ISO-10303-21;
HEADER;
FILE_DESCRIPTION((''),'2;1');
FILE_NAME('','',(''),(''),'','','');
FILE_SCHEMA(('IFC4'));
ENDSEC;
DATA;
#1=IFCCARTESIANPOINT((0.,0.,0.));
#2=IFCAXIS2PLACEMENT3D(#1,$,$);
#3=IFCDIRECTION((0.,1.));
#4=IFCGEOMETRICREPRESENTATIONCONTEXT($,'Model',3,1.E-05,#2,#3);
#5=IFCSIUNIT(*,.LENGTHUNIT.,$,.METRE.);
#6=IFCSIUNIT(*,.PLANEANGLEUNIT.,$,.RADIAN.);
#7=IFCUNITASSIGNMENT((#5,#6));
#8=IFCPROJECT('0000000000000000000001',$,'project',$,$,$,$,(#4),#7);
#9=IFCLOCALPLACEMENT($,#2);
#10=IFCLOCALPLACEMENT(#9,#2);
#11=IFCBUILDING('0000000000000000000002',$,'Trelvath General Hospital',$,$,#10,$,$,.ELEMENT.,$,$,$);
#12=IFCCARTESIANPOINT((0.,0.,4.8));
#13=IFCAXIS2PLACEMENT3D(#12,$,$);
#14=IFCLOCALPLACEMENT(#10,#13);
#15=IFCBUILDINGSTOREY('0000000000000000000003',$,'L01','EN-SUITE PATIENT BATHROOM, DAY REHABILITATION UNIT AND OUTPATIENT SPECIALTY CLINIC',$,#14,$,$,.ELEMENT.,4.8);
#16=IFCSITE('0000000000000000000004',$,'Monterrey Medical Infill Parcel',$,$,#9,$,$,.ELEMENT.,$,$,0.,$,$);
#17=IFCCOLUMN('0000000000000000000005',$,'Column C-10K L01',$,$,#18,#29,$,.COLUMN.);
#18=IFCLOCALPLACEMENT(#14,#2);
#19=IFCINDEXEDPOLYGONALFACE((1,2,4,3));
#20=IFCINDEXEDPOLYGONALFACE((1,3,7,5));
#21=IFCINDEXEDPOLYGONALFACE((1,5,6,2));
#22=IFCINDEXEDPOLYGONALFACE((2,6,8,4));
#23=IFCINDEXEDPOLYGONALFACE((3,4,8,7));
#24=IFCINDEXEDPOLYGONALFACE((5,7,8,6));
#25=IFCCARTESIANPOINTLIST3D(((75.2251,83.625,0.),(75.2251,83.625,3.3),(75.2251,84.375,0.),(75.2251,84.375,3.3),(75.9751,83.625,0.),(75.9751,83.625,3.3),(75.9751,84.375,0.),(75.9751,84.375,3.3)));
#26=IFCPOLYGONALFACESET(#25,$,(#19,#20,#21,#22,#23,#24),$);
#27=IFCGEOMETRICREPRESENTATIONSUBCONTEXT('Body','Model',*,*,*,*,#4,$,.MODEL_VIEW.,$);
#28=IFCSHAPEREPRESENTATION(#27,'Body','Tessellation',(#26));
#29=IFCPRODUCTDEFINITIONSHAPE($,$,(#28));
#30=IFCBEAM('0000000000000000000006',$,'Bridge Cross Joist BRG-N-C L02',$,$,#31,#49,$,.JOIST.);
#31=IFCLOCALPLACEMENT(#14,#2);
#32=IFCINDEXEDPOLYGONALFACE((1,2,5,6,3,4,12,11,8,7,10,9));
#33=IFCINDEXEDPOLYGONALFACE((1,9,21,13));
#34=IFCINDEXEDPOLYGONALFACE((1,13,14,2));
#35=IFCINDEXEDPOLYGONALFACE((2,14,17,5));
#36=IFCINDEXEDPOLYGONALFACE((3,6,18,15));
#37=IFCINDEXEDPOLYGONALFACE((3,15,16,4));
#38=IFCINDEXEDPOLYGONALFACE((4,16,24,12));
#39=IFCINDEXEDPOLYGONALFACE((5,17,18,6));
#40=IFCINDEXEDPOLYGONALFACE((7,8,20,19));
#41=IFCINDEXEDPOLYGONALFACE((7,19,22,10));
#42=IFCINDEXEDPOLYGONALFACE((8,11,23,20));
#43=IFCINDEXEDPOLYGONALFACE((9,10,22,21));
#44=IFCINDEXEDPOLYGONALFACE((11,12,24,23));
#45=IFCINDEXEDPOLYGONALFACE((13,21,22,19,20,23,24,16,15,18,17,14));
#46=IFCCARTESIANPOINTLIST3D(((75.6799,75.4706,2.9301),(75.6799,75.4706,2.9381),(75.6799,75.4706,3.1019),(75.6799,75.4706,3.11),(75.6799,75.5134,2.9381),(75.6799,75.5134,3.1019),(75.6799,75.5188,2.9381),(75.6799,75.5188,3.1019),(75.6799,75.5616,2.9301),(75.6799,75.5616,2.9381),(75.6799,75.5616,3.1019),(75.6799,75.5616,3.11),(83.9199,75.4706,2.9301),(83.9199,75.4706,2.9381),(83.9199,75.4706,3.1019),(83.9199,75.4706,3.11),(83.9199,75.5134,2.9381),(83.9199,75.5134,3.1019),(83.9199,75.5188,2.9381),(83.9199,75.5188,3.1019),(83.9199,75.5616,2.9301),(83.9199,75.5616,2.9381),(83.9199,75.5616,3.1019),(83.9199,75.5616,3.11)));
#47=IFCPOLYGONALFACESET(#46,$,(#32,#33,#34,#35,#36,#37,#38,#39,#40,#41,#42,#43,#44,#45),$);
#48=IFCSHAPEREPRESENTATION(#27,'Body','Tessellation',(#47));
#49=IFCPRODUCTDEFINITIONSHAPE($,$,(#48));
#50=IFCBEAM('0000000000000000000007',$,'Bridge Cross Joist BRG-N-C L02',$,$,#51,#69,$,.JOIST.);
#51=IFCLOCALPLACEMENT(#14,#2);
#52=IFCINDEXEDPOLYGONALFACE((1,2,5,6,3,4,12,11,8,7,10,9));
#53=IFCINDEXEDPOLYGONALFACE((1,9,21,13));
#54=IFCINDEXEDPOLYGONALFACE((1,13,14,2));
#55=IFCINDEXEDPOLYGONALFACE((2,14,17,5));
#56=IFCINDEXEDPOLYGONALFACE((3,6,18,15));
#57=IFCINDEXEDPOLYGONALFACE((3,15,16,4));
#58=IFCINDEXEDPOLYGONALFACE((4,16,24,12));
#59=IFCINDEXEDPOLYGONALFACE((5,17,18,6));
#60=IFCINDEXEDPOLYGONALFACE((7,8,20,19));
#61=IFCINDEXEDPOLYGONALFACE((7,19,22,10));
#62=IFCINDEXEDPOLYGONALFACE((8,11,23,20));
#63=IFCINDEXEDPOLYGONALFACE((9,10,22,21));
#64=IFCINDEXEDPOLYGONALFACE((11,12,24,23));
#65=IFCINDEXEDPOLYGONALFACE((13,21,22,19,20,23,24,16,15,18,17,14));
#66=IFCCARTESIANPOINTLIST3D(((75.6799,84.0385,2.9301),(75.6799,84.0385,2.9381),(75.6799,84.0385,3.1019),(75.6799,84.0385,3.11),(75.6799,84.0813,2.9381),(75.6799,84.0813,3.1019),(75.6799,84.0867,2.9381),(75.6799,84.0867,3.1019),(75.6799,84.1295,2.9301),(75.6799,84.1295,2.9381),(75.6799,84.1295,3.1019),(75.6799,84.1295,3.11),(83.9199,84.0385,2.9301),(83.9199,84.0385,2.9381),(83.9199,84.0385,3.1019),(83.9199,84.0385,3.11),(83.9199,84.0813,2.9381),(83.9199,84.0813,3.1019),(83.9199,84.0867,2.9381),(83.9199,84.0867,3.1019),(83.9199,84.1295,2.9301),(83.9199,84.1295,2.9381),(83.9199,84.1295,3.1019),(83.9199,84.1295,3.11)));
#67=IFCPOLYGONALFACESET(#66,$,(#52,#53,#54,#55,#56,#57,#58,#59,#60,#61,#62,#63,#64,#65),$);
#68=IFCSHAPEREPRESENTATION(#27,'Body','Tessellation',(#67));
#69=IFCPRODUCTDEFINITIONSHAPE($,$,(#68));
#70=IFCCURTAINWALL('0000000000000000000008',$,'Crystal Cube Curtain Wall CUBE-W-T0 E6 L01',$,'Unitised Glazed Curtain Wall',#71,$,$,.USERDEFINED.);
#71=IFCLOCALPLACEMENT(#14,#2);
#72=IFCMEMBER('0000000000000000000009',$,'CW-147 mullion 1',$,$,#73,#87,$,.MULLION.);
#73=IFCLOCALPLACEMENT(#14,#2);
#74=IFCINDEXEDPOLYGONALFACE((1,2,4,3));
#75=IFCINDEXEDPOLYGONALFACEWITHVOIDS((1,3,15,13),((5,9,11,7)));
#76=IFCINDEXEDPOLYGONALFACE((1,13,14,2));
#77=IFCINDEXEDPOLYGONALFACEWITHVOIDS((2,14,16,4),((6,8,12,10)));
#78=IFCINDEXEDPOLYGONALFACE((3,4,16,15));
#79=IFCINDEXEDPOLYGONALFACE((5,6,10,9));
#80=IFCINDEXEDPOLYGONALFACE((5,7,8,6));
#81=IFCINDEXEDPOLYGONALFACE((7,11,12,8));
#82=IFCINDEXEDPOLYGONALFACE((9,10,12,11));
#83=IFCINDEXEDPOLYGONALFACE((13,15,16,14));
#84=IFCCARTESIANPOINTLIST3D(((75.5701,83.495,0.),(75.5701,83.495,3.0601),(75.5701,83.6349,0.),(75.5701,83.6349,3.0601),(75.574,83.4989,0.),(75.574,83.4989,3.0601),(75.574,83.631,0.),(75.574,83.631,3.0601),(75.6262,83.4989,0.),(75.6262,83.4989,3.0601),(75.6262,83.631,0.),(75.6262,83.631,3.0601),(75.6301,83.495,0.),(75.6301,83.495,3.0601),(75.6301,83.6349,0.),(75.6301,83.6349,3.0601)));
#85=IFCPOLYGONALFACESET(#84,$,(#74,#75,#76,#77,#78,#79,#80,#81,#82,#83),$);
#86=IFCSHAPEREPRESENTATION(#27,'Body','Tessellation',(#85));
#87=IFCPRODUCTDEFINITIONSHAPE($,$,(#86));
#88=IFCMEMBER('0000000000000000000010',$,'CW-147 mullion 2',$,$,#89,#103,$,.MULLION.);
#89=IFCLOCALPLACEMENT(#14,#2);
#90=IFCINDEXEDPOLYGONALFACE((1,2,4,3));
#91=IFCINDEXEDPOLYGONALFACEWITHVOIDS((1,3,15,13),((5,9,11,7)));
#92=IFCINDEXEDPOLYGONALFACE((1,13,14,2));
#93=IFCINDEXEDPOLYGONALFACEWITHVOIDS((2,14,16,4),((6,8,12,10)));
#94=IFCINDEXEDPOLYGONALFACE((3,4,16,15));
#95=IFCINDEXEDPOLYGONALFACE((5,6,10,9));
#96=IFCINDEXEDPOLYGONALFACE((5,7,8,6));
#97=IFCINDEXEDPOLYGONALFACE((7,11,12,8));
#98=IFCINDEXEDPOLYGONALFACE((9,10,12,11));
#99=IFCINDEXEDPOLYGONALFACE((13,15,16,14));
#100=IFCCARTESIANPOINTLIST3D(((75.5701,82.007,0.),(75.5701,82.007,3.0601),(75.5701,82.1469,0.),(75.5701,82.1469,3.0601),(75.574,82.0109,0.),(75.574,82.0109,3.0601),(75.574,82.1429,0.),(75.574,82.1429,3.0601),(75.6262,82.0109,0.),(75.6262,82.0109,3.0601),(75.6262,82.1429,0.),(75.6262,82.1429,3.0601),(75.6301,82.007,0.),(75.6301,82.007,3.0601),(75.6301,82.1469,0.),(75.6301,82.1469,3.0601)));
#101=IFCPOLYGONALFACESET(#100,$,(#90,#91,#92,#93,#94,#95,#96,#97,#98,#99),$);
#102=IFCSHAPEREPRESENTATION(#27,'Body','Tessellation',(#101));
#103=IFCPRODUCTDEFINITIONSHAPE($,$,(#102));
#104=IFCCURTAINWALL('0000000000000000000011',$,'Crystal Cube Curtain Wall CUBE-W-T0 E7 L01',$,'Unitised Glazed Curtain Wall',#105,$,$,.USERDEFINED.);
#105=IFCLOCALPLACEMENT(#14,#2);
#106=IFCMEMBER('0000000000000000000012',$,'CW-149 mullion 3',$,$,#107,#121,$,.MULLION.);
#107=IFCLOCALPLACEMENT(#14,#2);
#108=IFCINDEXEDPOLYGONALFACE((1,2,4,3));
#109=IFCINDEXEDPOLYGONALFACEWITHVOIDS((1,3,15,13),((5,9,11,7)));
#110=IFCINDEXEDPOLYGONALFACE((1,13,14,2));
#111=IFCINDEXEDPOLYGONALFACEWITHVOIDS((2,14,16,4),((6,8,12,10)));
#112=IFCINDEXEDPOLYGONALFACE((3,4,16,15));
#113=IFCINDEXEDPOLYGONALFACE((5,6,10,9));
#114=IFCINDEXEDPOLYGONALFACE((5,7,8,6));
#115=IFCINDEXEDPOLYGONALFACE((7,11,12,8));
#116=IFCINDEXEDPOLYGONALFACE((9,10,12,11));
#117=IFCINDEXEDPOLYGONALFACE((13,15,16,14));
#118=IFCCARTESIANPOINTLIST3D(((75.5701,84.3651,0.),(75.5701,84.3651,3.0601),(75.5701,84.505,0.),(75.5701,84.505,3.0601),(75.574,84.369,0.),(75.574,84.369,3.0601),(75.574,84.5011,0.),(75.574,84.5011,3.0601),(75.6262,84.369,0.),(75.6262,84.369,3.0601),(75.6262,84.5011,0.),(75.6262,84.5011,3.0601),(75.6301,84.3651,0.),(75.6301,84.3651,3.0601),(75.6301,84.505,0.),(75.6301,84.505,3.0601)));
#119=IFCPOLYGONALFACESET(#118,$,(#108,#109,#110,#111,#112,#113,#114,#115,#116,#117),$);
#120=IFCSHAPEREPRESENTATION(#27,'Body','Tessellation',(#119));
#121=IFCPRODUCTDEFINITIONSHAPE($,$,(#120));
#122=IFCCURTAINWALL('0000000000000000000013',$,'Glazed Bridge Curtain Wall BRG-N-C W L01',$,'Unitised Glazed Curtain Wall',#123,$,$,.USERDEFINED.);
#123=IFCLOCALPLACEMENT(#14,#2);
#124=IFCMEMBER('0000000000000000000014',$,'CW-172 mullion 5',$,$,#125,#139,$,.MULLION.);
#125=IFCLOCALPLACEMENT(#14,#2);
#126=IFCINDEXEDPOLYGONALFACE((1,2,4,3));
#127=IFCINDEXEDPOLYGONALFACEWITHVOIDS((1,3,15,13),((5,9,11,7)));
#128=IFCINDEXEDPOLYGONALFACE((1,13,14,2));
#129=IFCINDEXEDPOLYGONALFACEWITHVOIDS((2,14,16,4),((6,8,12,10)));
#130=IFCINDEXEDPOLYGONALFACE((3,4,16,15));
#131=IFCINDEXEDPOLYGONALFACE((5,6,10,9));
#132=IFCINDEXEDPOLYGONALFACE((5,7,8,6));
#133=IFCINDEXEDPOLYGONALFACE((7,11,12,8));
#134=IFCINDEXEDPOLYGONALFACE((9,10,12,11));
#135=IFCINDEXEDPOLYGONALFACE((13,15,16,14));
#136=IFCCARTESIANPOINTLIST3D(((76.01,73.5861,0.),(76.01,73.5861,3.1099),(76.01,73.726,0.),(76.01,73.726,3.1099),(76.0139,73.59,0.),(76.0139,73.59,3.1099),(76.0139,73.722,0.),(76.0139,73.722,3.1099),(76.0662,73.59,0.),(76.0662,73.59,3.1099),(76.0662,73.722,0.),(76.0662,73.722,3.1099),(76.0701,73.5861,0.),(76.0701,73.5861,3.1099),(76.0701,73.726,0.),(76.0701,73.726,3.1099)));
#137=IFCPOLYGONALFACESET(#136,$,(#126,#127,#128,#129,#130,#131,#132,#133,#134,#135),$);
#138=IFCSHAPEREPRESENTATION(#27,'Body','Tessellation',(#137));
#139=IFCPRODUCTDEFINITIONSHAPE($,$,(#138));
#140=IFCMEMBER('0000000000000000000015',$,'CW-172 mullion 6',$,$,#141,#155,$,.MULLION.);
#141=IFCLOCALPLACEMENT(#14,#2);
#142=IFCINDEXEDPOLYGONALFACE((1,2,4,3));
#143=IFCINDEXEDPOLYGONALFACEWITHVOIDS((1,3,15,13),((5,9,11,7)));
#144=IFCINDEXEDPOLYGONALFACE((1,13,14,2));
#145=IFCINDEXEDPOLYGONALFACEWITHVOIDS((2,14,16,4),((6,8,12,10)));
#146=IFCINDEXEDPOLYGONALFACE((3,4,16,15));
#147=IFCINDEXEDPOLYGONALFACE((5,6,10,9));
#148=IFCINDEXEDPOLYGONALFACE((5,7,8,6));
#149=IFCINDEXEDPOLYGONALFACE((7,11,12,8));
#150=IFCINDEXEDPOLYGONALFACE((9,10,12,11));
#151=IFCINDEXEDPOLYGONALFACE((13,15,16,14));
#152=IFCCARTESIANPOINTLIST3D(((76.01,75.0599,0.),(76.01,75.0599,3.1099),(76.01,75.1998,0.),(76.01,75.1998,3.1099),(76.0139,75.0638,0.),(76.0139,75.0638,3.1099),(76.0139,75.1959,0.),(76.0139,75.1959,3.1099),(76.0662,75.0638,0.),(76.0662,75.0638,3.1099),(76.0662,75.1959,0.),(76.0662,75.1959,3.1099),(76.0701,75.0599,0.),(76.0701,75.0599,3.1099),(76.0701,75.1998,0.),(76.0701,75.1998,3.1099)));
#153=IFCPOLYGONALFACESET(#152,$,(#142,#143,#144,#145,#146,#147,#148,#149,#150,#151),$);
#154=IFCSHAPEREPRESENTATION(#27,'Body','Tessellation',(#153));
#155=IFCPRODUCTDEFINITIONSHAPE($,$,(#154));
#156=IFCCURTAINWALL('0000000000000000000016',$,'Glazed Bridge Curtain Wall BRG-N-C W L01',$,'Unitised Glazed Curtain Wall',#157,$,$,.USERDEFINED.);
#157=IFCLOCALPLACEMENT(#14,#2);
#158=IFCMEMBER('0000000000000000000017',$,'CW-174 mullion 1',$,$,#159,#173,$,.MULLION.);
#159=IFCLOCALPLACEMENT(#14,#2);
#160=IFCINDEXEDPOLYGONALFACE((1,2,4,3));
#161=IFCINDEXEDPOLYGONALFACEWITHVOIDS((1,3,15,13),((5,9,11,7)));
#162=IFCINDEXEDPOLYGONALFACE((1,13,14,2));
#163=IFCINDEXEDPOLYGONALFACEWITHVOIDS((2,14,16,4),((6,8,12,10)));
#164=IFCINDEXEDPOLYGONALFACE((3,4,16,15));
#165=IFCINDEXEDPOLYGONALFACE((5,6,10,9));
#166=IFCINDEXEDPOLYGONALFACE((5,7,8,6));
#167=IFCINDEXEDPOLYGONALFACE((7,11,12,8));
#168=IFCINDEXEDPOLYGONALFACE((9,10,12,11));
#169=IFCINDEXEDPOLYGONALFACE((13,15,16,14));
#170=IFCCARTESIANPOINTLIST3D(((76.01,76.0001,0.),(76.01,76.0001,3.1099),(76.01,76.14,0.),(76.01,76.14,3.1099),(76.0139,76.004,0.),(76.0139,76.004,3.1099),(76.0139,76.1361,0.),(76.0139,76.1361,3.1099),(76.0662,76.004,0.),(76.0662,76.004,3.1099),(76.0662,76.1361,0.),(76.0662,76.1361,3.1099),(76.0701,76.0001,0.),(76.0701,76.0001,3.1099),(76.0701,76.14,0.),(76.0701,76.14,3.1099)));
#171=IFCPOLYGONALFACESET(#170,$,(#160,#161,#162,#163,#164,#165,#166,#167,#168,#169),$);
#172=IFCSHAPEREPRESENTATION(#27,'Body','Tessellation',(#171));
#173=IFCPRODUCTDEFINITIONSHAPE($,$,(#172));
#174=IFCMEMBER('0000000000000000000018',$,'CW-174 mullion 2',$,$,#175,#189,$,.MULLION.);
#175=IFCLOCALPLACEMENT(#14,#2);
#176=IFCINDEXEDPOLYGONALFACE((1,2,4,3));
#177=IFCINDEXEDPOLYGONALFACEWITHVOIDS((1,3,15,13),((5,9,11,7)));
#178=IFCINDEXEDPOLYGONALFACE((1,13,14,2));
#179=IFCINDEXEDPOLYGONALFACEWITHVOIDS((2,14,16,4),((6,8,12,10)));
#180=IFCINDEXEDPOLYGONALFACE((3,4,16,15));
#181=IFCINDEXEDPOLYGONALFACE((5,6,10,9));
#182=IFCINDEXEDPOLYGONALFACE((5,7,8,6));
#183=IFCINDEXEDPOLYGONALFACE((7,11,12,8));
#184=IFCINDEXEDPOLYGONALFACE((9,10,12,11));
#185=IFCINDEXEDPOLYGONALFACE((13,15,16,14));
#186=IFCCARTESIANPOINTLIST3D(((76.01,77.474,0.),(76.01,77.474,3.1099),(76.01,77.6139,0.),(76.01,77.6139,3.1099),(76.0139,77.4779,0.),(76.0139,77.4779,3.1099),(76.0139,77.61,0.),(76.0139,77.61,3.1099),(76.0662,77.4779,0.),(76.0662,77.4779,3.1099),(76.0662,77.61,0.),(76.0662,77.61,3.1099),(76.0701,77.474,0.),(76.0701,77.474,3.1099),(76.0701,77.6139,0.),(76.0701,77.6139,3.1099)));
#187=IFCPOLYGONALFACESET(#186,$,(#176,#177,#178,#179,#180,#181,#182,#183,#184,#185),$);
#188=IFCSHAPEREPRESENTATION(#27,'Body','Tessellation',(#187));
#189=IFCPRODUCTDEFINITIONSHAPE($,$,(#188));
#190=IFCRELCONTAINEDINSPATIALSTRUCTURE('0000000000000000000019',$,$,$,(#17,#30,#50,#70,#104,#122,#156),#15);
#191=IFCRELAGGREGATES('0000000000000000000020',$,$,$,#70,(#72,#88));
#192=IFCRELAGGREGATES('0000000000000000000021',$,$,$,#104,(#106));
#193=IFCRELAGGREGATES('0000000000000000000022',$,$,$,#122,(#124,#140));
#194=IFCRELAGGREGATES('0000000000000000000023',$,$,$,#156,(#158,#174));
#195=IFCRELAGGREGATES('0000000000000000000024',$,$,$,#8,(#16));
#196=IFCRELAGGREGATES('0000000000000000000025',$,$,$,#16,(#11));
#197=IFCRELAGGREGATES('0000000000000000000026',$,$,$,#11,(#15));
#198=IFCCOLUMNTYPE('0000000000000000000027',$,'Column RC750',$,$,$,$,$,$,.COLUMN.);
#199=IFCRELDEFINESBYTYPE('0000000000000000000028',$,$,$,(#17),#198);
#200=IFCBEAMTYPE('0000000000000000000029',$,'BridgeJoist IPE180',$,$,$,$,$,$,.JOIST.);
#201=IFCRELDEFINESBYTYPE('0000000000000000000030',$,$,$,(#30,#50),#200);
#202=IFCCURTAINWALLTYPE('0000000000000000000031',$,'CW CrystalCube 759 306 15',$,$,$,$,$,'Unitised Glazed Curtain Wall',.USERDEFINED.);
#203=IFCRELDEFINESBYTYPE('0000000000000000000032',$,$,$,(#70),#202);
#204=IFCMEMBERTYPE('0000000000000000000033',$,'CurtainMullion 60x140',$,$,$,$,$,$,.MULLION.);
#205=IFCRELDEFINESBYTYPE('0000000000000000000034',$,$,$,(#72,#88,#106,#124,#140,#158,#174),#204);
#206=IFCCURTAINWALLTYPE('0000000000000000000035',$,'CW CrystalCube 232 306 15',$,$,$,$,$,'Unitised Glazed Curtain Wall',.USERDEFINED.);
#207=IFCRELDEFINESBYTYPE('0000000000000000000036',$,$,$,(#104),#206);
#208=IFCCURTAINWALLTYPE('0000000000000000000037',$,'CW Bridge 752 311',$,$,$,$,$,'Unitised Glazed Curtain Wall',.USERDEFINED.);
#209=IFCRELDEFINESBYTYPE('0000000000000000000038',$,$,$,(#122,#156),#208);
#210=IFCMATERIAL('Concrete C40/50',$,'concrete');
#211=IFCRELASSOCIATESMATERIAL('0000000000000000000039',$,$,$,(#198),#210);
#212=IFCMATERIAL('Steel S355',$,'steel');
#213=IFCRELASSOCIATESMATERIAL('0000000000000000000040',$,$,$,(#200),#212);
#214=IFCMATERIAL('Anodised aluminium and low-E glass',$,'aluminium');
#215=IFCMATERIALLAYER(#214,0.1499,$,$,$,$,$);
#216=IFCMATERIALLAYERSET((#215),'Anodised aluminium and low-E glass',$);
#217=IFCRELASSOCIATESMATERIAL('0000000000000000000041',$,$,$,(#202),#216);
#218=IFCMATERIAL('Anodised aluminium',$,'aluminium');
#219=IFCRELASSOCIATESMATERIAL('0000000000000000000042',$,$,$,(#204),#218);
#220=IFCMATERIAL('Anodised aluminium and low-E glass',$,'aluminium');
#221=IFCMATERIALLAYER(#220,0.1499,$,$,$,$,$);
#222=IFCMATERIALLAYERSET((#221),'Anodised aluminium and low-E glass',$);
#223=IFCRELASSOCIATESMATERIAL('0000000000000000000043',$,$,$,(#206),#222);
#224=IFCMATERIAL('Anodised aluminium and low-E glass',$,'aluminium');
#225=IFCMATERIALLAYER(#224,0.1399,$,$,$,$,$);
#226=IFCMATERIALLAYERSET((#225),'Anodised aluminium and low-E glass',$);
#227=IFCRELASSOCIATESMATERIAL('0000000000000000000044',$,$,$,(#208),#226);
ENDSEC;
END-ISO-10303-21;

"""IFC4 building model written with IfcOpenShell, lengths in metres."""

from ifc_helpers import new_model, si_unit, direction, frame, origin, origin_2d, place, context, subcontext, project, spatial, rectangle, hollow_rectangle, i_section, extrude, material, layer, layer_set, material_profile, profile_set, type_object, element, aggregate, save


model = new_model("IFC4")

# Units and contexts
model_context = context("Model", 3, precision=1e-05, world=origin(), true_north=direction((0.0, 1.0)))
body_context = subcontext(model_context, "Body", "Model", "MODEL_VIEW")
ifc_project = project(units=[si_unit("LENGTHUNIT", "METRE"), si_unit("PLANEANGLEUNIT", "RADIAN")], contexts=[model_context])

# Site, building, storey
site_placement = place(None, origin())
site = spatial("IfcSite", under=ifc_project, at=site_placement, Name="Monterrey Medical Infill Parcel", CompositionType="ELEMENT", RefElevation=0.0)
building_placement = place(site_placement, origin())
building = spatial("IfcBuilding", under=site, at=building_placement, Name="Trelvath General Hospital", CompositionType="ELEMENT")
storey_placement = place(building_placement, frame((0.0, 0.0, 4.8)))
storey = spatial("IfcBuildingStorey", under=building, at=storey_placement, Name="L01", Description="EN-SUITE PATIENT BATHROOM, DAY REHABILITATION UNIT AND OUTPATIENT SPECIALTY CLINIC", CompositionType="ELEMENT", Elevation=4.8)

# Column
ifc_material_1 = material(Name="Concrete C40/50", Category="concrete")
ifc_material_profile_1 = material_profile(ifc_material_1, rectangle(XDim=0.75, YDim=0.75, at=origin_2d()), Name="RC750x750")
ifc_profile_set_1 = profile_set([ifc_material_profile_1], Name="Concrete C40/50")
column_type = type_object("IfcColumnType", Name="Column RC750", PredefinedType="COLUMN", material=ifc_profile_set_1)
column_placement = place(storey_placement, frame((75.6001, 84.0, 0.0), z_axis=(0.0, 0.0, 1.0), x_axis=(1.0, 0.0, 0.0)))
element("IfcColumn", 1, at=column_placement, inside=storey, type_object=column_type, Name="Column C-10K L01", PredefinedType="COLUMN", context=body_context, shape_type="SweptSolid", body=[
    extrude(rectangle(XDim=0.75, YDim=0.75, at=origin_2d()), origin(), (0.0, 0.0, 1.0), 3.3),
])

# Beams
ifc_material_2 = material(Name="Steel S355", Category="steel")
ifc_material_profile_2 = material_profile(ifc_material_2, i_section(OverallWidth=0.0911, OverallDepth=0.1799, WebThickness=0.0054, FlangeThickness=0.0081, at=origin_2d()), Name="IPE180")
ifc_profile_set_2 = profile_set([ifc_material_profile_2], Name="Steel S355")
beam_type = type_object("IfcBeamType", Name="BridgeJoist IPE180", PredefinedType="JOIST", material=ifc_profile_set_2)
for number, where, z_axis, x_axis, name in (
    (2, (75.6799, 75.5161, 3.02), (1.0, 0.0, 0.0), (0.0, 1.0, 0.0), "Bridge Cross Joist BRG-N-C L02"),
    (3, (75.6799, 84.084, 3.02), (1.0, 0.0, 0.0), (0.0, 1.0, 0.0), "Bridge Cross Joist BRG-N-C L02"),
):
    element("IfcBeam", number, at=place(storey_placement, frame(where, z_axis=z_axis, x_axis=x_axis)), inside=storey, type_object=beam_type, Name=name, PredefinedType="JOIST", context=body_context, shape_type="SweptSolid", body=[
        extrude(i_section(OverallWidth=0.0911, OverallDepth=0.1799, WebThickness=0.0054, FlangeThickness=0.0081, at=origin_2d()), origin(), (0.0, 0.0, 1.0), 8.24),
    ])

# Curtain wall, members
ifc_material_3 = material(Name="Anodised aluminium and low-E glass", Category="aluminium")
ifc_layer_1 = layer(ifc_material_3, 0.1499)
ifc_layer_set_1 = layer_set([ifc_layer_1], Name="Anodised aluminium and low-E glass")
curtain_wall_type_1 = type_object("IfcCurtainWallType", Name="CW CrystalCube 759 306 15", ElementType="Unitised Glazed Curtain Wall", PredefinedType="USERDEFINED", material=ifc_layer_set_1)
curtain_wall_1_placement = place(storey_placement, origin())
curtain_wall_1 = element("IfcCurtainWall", 4, at=curtain_wall_1_placement, inside=storey, type_object=curtain_wall_type_1, Name="Crystal Cube Curtain Wall CUBE-W-T0 E6 L01", ObjectType="Unitised Glazed Curtain Wall", PredefinedType="USERDEFINED")
ifc_material_4 = material(Name="Anodised aluminium", Category="aluminium")
ifc_material_profile_3 = material_profile(ifc_material_4, hollow_rectangle(XDim=0.0601, YDim=0.1399, WallThickness=0.0039, at=origin_2d()), Name="RHS60x140x4")
ifc_profile_set_3 = profile_set([ifc_material_profile_3], Name="Anodised aluminium")
member_type_1 = type_object("IfcMemberType", Name="CurtainMullion 60x140", PredefinedType="MULLION", material=ifc_profile_set_3)
member_1_placement = place(storey_placement, frame((75.6001, 83.5649, 0.0), z_axis=(0.0, 0.0, 1.0), x_axis=(1.0, 0.0, 0.0)))
member_1 = element("IfcMember", 5, at=member_1_placement, type_object=member_type_1, Name="CW-147 mullion 1", PredefinedType="MULLION", context=body_context, shape_type="SweptSolid", body=[
    extrude(hollow_rectangle(XDim=0.0601, YDim=0.1399, WallThickness=0.0039, at=origin_2d()), origin(), (0.0, 0.0, 1.0), 3.0601),
])
member_2_placement = place(storey_placement, frame((75.6001, 82.0769, 0.0), z_axis=(0.0, 0.0, 1.0), x_axis=(1.0, 0.0, 0.0)))
member_2 = element("IfcMember", 6, at=member_2_placement, type_object=member_type_1, Name="CW-147 mullion 2", PredefinedType="MULLION", context=body_context, shape_type="SweptSolid", body=[
    extrude(hollow_rectangle(XDim=0.0601, YDim=0.1399, WallThickness=0.0039, at=origin_2d()), origin(), (0.0, 0.0, 1.0), 3.0601),
])

# Curtain wall, member
ifc_material_5 = material(Name="Anodised aluminium and low-E glass", Category="aluminium")
ifc_layer_2 = layer(ifc_material_5, 0.1499)
ifc_layer_set_2 = layer_set([ifc_layer_2], Name="Anodised aluminium and low-E glass")
curtain_wall_type_2 = type_object("IfcCurtainWallType", Name="CW CrystalCube 232 306 15", ElementType="Unitised Glazed Curtain Wall", PredefinedType="USERDEFINED", material=ifc_layer_set_2)
curtain_wall_2_placement = place(storey_placement, origin())
curtain_wall_2 = element("IfcCurtainWall", 7, at=curtain_wall_2_placement, inside=storey, type_object=curtain_wall_type_2, Name="Crystal Cube Curtain Wall CUBE-W-T0 E7 L01", ObjectType="Unitised Glazed Curtain Wall", PredefinedType="USERDEFINED")
member_3_placement = place(storey_placement, frame((75.6001, 84.4351, 0.0), z_axis=(0.0, 0.0, 1.0), x_axis=(1.0, 0.0, 0.0)))
member_3 = element("IfcMember", 8, at=member_3_placement, type_object=member_type_1, Name="CW-149 mullion 3", PredefinedType="MULLION", context=body_context, shape_type="SweptSolid", body=[
    extrude(hollow_rectangle(XDim=0.0601, YDim=0.1399, WallThickness=0.0039, at=origin_2d()), origin(), (0.0, 0.0, 1.0), 3.0601),
])

# Curtain walls, members
ifc_material_6 = material(Name="Anodised aluminium and low-E glass", Category="aluminium")
ifc_layer_3 = layer(ifc_material_6, 0.1399)
ifc_layer_set_3 = layer_set([ifc_layer_3], Name="Anodised aluminium and low-E glass")
curtain_wall_type_3 = type_object("IfcCurtainWallType", Name="CW Bridge 752 311", ElementType="Unitised Glazed Curtain Wall", PredefinedType="USERDEFINED", material=ifc_layer_set_3)
curtain_wall_3_placement = place(storey_placement, origin())
curtain_wall_3 = element("IfcCurtainWall", 9, at=curtain_wall_3_placement, inside=storey, type_object=curtain_wall_type_3, Name="Glazed Bridge Curtain Wall BRG-N-C W L01", ObjectType="Unitised Glazed Curtain Wall", PredefinedType="USERDEFINED")
member_4_placement = place(storey_placement, frame((76.04, 73.656, 0.0), z_axis=(0.0, 0.0, 1.0), x_axis=(-1.0, 0.0, 0.0)))
member_4 = element("IfcMember", 10, at=member_4_placement, type_object=member_type_1, Name="CW-172 mullion 5", PredefinedType="MULLION", context=body_context, shape_type="SweptSolid", body=[
    extrude(hollow_rectangle(XDim=0.0601, YDim=0.1399, WallThickness=0.0039, at=origin_2d()), origin(), (0.0, 0.0, 1.0), 3.1099),
])
member_5_placement = place(storey_placement, frame((76.04, 75.1299, 0.0), z_axis=(0.0, 0.0, 1.0), x_axis=(-1.0, 0.0, 0.0)))
member_5 = element("IfcMember", 11, at=member_5_placement, type_object=member_type_1, Name="CW-172 mullion 6", PredefinedType="MULLION", context=body_context, shape_type="SweptSolid", body=[
    extrude(hollow_rectangle(XDim=0.0601, YDim=0.1399, WallThickness=0.0039, at=origin_2d()), origin(), (0.0, 0.0, 1.0), 3.1099),
])
curtain_wall_4_placement = place(storey_placement, origin())
curtain_wall_4 = element("IfcCurtainWall", 12, at=curtain_wall_4_placement, inside=storey, type_object=curtain_wall_type_3, Name="Glazed Bridge Curtain Wall BRG-N-C W L01", ObjectType="Unitised Glazed Curtain Wall", PredefinedType="USERDEFINED")
member_6_placement = place(storey_placement, frame((76.04, 76.0701, 0.0), z_axis=(0.0, 0.0, 1.0), x_axis=(-1.0, 0.0, 0.0)))
member_6 = element("IfcMember", 13, at=member_6_placement, type_object=member_type_1, Name="CW-174 mullion 1", PredefinedType="MULLION", context=body_context, shape_type="SweptSolid", body=[
    extrude(hollow_rectangle(XDim=0.0601, YDim=0.1399, WallThickness=0.0039, at=origin_2d()), origin(), (0.0, 0.0, 1.0), 3.1099),
])
member_7_placement = place(storey_placement, frame((76.04, 77.5439, 0.0), z_axis=(0.0, 0.0, 1.0), x_axis=(-1.0, 0.0, 0.0)))
member_7 = element("IfcMember", 14, at=member_7_placement, type_object=member_type_1, Name="CW-174 mullion 2", PredefinedType="MULLION", context=body_context, shape_type="SweptSolid", body=[
    extrude(hollow_rectangle(XDim=0.0601, YDim=0.1399, WallThickness=0.0039, at=origin_2d()), origin(), (0.0, 0.0, 1.0), 3.1099),
])

aggregate(curtain_wall_1, [member_1, member_2])
aggregate(curtain_wall_2, [member_3])
aggregate(curtain_wall_3, [member_4, member_5])
aggregate(curtain_wall_4, [member_6, member_7])

save(model, "model.ifc")
